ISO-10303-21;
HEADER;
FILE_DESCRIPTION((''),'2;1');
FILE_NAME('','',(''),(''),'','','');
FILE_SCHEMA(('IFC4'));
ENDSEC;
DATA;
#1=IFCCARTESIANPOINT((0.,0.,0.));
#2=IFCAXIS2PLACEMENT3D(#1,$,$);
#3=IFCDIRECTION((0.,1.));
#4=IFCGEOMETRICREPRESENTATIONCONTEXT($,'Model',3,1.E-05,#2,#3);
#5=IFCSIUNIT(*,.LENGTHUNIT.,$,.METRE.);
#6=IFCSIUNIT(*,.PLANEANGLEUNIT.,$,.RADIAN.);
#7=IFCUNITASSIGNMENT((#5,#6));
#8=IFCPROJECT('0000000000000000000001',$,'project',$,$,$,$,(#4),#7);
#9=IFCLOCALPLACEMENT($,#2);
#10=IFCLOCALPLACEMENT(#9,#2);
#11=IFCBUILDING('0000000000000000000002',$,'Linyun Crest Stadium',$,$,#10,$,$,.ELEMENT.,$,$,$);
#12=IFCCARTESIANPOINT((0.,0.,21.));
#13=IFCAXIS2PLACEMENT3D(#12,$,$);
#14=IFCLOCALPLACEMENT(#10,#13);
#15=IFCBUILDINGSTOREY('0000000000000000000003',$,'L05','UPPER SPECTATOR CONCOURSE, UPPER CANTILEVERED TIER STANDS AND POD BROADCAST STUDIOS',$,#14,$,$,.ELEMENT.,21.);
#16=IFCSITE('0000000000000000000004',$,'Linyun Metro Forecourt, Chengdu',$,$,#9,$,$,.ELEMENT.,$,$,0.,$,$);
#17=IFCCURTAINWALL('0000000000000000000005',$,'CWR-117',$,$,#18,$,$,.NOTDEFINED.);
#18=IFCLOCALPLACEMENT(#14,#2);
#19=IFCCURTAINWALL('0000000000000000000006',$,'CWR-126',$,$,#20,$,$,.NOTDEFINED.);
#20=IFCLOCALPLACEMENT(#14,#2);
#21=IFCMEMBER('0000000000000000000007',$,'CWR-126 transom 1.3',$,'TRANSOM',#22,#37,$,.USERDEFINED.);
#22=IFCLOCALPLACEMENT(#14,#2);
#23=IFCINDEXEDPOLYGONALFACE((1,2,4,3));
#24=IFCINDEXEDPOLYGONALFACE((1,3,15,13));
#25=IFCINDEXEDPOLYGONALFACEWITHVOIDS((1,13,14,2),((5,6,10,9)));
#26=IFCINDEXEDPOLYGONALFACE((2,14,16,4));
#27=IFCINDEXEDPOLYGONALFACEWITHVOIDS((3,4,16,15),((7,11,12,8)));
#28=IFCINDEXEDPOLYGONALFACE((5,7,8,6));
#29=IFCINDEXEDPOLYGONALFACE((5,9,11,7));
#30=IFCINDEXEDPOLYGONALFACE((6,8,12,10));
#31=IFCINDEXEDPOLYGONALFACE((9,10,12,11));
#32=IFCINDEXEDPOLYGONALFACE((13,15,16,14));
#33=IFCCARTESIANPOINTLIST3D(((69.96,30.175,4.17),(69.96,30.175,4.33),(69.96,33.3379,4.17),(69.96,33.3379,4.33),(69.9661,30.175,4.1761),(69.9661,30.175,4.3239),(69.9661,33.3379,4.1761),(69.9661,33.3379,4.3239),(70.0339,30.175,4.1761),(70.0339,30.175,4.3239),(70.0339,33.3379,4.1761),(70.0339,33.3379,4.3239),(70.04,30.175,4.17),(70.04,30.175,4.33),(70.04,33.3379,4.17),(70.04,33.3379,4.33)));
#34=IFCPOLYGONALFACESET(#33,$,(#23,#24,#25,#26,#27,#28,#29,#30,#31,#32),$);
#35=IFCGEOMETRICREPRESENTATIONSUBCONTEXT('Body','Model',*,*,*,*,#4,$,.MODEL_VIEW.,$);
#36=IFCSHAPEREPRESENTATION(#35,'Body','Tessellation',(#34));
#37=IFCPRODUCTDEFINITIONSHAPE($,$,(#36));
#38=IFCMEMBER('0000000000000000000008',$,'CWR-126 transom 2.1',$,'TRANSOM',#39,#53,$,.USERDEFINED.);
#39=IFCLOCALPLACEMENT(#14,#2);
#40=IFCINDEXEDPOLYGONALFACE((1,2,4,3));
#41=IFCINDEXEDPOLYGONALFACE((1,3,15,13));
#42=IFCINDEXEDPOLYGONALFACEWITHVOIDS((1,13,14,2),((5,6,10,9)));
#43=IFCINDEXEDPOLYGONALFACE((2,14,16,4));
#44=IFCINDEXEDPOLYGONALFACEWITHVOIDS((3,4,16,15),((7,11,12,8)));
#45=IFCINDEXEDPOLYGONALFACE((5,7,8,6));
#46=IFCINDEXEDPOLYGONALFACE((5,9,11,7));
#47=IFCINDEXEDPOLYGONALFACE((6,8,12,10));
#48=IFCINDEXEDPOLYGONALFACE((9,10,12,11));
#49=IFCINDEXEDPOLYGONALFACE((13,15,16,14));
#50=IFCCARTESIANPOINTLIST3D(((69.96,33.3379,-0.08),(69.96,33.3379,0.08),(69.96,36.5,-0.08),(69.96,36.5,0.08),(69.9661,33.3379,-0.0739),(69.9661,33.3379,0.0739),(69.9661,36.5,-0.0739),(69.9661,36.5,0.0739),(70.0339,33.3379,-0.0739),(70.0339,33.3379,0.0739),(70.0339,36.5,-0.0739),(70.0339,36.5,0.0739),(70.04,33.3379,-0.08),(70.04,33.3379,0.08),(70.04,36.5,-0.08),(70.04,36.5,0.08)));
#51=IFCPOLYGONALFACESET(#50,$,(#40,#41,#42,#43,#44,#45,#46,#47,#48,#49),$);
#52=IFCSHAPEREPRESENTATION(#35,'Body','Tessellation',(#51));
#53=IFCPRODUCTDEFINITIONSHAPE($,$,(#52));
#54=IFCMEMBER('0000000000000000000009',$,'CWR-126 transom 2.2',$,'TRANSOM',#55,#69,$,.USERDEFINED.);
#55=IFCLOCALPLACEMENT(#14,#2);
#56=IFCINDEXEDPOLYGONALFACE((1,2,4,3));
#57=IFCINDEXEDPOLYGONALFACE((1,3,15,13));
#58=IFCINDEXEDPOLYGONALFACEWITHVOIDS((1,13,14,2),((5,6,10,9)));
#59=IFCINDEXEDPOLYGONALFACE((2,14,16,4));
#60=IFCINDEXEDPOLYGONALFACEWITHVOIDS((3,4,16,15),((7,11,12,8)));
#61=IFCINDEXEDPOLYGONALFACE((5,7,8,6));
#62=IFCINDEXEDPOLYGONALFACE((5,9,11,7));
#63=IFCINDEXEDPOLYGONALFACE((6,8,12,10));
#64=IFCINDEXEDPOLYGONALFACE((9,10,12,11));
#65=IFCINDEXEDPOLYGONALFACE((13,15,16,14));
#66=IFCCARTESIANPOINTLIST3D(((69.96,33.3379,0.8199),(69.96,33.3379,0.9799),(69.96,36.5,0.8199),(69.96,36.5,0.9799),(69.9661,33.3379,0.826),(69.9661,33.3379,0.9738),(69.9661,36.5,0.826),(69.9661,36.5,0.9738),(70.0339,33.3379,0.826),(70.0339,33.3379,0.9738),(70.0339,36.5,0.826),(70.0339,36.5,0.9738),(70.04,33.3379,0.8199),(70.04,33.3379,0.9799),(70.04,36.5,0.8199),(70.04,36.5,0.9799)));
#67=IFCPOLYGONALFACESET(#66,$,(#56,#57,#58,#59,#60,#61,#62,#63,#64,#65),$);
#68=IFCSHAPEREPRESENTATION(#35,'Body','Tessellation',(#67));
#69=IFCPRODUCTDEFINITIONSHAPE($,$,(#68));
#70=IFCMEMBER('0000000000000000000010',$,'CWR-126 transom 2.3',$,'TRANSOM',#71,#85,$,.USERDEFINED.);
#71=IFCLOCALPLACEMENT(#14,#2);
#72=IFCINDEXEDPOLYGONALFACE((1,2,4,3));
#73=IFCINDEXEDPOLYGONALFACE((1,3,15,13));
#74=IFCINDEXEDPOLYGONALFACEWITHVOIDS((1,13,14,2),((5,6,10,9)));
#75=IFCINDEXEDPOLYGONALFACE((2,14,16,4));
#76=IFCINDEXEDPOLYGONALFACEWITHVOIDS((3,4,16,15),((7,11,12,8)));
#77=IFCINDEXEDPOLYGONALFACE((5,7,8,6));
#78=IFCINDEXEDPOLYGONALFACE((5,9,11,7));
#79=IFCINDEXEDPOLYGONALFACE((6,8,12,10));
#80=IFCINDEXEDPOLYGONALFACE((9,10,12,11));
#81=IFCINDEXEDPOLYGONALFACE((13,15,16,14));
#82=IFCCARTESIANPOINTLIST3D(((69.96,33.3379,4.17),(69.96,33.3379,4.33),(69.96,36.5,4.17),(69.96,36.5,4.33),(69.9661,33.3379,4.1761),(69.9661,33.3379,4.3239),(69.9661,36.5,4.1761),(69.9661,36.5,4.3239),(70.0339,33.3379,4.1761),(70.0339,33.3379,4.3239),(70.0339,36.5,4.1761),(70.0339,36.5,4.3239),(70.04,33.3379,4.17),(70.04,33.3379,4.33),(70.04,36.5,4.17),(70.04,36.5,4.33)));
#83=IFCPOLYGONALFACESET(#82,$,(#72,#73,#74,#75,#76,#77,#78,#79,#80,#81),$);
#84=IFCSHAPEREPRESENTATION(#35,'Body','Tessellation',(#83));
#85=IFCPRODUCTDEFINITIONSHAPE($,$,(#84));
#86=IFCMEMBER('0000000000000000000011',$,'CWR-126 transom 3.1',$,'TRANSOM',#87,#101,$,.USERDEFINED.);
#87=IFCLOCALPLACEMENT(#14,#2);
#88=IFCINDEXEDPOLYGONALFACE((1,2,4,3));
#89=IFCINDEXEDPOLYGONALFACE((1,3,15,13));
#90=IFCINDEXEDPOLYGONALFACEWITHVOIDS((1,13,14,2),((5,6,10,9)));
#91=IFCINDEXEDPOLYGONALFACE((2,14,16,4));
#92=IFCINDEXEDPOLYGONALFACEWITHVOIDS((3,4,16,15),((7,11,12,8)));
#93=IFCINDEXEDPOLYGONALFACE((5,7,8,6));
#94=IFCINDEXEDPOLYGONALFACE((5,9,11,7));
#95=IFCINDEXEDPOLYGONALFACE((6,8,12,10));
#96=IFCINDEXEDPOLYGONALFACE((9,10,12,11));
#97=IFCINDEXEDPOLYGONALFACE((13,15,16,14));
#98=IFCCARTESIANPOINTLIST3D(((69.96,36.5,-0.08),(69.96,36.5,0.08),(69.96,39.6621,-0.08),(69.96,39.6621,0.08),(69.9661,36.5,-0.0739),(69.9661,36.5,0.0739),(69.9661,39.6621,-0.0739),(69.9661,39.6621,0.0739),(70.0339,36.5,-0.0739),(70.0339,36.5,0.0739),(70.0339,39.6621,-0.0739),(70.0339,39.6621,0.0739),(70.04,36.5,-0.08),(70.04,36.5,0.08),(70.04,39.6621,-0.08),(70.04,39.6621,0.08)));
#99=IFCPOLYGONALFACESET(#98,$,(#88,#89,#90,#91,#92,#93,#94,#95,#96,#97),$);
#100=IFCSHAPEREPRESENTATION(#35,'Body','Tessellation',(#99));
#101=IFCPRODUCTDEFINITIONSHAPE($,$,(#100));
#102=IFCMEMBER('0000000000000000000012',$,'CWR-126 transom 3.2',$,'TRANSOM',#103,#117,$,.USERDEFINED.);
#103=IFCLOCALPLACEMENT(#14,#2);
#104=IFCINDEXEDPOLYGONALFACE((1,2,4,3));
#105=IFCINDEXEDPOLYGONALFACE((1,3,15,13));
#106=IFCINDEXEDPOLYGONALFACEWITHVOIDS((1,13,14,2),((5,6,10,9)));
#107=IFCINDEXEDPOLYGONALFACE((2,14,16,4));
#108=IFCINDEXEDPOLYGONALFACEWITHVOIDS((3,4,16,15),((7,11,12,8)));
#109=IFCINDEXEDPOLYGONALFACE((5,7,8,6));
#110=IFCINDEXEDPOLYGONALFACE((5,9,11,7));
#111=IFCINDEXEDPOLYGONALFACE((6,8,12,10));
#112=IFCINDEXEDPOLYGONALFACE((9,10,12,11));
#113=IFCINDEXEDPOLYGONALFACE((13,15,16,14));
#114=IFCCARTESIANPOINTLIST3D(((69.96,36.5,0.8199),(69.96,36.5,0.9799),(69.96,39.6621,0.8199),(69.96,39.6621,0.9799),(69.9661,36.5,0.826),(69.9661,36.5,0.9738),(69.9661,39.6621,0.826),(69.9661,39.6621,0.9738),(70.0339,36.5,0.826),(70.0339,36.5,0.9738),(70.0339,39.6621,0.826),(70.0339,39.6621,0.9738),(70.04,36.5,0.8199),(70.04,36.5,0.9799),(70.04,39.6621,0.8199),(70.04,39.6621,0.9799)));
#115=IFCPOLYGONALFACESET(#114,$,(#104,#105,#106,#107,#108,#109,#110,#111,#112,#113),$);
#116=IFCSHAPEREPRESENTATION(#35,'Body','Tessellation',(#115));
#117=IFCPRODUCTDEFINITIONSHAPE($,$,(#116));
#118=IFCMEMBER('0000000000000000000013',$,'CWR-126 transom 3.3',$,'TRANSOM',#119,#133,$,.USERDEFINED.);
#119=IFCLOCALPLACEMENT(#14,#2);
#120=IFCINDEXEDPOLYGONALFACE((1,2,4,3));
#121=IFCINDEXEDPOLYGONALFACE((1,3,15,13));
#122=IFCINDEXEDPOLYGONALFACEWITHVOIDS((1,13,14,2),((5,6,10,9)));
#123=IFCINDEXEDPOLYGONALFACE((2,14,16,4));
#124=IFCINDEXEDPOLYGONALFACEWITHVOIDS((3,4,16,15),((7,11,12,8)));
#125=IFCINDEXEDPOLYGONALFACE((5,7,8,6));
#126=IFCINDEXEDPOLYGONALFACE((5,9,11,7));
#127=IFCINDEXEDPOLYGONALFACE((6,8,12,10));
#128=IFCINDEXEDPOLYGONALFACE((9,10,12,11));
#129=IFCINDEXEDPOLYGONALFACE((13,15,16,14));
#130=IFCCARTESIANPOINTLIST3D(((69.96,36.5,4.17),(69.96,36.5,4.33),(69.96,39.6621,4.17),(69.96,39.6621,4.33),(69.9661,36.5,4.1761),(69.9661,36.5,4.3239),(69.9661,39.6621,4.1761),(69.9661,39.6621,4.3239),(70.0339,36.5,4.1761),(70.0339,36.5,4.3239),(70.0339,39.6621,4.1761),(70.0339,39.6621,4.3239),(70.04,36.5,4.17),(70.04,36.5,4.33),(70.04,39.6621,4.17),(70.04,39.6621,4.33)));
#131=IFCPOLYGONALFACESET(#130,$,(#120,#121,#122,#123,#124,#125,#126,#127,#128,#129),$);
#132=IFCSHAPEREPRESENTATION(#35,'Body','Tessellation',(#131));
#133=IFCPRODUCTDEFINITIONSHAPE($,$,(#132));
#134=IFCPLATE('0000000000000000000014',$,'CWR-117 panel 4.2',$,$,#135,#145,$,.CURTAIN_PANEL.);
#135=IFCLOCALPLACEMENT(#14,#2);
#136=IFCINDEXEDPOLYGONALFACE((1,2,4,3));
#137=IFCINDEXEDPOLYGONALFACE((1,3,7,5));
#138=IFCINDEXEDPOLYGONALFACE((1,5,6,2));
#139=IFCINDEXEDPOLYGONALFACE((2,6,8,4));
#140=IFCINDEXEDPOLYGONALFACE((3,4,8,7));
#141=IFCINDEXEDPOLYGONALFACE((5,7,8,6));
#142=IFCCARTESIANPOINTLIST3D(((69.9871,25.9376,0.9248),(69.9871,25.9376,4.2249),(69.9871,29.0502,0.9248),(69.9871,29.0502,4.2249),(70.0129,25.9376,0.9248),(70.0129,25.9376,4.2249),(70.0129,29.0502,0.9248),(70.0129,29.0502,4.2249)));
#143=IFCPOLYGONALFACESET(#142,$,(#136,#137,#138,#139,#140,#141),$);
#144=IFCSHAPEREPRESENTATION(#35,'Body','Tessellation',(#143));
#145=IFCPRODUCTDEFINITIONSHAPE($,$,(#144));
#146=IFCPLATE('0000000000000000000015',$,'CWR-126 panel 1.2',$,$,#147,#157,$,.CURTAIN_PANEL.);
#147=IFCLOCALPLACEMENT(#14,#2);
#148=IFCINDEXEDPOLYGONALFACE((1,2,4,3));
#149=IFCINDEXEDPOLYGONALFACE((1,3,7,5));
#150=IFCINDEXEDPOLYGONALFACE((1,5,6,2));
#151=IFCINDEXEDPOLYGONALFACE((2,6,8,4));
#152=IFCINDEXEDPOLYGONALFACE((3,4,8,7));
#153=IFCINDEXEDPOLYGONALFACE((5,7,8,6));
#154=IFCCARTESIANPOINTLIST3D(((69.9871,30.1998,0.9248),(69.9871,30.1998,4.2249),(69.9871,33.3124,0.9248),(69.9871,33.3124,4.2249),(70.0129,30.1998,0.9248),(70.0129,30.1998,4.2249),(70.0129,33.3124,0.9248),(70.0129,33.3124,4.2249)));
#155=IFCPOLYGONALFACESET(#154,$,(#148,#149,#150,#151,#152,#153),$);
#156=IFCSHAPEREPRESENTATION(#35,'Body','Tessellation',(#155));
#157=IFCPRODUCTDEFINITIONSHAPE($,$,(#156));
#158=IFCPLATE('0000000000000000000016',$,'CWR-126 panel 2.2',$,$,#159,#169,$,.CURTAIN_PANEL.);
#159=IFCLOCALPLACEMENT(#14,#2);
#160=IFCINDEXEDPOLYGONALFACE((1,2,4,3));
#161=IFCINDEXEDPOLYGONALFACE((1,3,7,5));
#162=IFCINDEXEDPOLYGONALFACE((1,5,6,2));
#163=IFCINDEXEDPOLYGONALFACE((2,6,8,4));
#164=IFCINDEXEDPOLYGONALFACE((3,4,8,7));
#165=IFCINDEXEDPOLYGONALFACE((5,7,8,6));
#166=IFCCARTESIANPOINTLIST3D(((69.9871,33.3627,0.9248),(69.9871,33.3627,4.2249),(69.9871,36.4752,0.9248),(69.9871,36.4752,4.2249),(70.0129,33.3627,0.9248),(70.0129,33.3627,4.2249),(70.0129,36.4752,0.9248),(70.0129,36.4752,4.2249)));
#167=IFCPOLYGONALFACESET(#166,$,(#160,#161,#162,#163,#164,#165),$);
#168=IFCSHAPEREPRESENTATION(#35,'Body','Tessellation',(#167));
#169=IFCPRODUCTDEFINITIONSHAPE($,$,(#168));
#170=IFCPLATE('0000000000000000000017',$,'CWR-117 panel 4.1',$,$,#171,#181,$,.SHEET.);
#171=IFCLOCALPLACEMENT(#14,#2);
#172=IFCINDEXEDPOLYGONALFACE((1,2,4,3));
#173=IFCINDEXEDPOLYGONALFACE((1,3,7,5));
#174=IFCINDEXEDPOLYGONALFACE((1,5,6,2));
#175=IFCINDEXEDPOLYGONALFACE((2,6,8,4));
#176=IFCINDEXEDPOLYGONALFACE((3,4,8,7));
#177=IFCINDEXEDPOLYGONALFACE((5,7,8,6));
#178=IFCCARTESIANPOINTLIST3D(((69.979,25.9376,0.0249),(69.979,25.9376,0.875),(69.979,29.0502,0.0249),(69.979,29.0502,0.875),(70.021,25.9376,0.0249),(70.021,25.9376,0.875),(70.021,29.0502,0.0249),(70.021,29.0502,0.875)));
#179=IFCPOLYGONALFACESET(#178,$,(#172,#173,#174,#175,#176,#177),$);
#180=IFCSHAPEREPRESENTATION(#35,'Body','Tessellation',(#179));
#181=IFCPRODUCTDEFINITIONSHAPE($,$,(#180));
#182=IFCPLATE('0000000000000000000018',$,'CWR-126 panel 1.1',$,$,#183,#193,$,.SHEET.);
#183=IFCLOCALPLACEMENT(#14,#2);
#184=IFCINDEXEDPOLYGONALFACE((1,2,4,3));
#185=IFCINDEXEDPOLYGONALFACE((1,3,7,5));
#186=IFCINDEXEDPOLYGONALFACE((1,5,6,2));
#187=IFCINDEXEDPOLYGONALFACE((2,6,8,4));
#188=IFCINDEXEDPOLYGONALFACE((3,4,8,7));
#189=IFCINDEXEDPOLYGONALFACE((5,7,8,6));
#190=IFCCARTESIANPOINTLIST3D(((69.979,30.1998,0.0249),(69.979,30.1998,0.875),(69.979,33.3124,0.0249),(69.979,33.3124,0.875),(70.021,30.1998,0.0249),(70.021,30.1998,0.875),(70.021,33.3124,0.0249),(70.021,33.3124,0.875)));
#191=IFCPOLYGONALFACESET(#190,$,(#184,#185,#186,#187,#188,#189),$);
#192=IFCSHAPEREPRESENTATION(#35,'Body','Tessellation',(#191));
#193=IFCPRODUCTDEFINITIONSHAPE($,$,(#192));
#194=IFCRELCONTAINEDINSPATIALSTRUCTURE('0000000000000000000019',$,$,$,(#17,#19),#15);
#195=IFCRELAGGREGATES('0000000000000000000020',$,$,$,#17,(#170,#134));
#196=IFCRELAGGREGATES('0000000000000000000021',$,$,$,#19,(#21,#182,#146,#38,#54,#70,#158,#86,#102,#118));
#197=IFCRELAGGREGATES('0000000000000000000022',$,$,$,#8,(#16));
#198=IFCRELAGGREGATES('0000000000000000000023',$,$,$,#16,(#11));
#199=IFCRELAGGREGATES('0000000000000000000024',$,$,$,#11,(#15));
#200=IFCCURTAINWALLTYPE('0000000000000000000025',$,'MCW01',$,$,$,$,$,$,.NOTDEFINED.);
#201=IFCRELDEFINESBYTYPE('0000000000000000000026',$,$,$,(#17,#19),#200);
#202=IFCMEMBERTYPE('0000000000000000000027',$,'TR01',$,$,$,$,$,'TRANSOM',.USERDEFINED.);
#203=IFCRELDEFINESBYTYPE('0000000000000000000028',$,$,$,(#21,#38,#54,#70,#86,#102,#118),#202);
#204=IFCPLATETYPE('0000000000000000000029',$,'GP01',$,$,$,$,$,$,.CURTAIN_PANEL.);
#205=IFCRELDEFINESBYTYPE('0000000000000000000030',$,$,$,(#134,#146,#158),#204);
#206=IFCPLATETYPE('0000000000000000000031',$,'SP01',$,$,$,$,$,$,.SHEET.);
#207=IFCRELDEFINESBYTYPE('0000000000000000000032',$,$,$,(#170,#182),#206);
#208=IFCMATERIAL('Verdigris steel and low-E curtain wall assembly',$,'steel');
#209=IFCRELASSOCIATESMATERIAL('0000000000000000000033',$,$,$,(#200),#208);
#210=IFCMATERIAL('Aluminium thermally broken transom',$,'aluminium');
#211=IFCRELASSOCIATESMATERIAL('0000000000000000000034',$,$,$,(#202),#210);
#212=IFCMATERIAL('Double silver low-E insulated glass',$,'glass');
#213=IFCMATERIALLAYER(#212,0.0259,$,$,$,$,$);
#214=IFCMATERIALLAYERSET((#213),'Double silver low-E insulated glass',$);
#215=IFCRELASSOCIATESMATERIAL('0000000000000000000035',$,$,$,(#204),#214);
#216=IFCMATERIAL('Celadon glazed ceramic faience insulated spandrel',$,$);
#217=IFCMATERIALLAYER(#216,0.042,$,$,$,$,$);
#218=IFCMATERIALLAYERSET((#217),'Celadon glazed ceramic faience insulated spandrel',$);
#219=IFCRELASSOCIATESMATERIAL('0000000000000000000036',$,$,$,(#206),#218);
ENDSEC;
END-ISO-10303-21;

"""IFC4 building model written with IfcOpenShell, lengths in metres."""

from ifc_helpers import new_model, si_unit, direction, frame, origin, origin_2d, place, context, subcontext, project, spatial, rectangle, hollow_rectangle, extrude, material, layer, layer_set, material_profile, profile_set, type_object, element, aggregate, save


model = new_model("IFC4")

# Units and contexts
model_context = context("Model", 3, precision=1e-05, world=origin(), true_north=direction((0.0, 1.0)))
body_context = subcontext(model_context, "Body", "Model", "MODEL_VIEW")
ifc_project = project(units=[si_unit("LENGTHUNIT", "METRE"), si_unit("PLANEANGLEUNIT", "RADIAN")], contexts=[model_context])

# Site, building, storey
site_placement = place(None, origin())
site = spatial("IfcSite", under=ifc_project, at=site_placement, Name="Linyun Metro Forecourt, Chengdu", CompositionType="ELEMENT", RefElevation=0.0)
building_placement = place(site_placement, origin())
building = spatial("IfcBuilding", under=site, at=building_placement, Name="Linyun Crest Stadium", CompositionType="ELEMENT")
storey_placement = place(building_placement, frame((0.0, 0.0, 21.0)))
storey = spatial("IfcBuildingStorey", under=building, at=storey_placement, Name="L05", Description="UPPER SPECTATOR CONCOURSE, UPPER CANTILEVERED TIER STANDS AND POD BROADCAST STUDIOS", CompositionType="ELEMENT", Elevation=21.0)

# Curtain walls
ifc_material_1 = material(Name="Verdigris steel and low-E curtain wall assembly", Category="steel")
curtain_wall_type = type_object("IfcCurtainWallType", Name="MCW01", PredefinedType="NOTDEFINED", material=ifc_material_1)
curtain_wall_1_placement = place(storey_placement, origin())
curtain_wall_1 = element("IfcCurtainWall", 1, at=curtain_wall_1_placement, inside=storey, type_object=curtain_wall_type, Name="CWR-117", PredefinedType="NOTDEFINED")
curtain_wall_2_placement = place(storey_placement, origin())
curtain_wall_2 = element("IfcCurtainWall", 2, at=curtain_wall_2_placement, inside=storey, type_object=curtain_wall_type, Name="CWR-126", PredefinedType="NOTDEFINED")

# Members
ifc_material_2 = material(Name="Aluminium thermally broken transom", Category="aluminium")
ifc_material_profile_1 = material_profile(ifc_material_2, hollow_rectangle(XDim=0.0801, YDim=0.1599, WallThickness=0.0061, at=origin_2d()), Name="RHS 160x80x6")
ifc_profile_set_1 = profile_set([ifc_material_profile_1], Name="Aluminium thermally broken transom")
member_type_1 = type_object("IfcMemberType", Name="TR01", ElementType="TRANSOM", PredefinedType="USERDEFINED", material=ifc_profile_set_1)
member_1_placement = place(storey_placement, frame((70.0, 30.175, 4.25), z_axis=(0.0, 1.0, 0.0), x_axis=(-1.0, 0.0, 0.0)))
member_1 = element("IfcMember", 3, at=member_1_placement, type_object=member_type_1, Name="CWR-126 transom 1.3", ObjectType="TRANSOM", PredefinedType="USERDEFINED", context=body_context, shape_type="SweptSolid", body=[
    extrude(hollow_rectangle(XDim=0.0801, YDim=0.1599, WallThickness=0.0061, at=origin_2d()), origin(), (0.0, 0.0, 1.0), 3.1628),
])
member_2_placement = place(storey_placement, frame((70.0, 33.3379, 0.0), z_axis=(0.0, 1.0, 0.0), x_axis=(-1.0, 0.0, 0.0)))
member_2 = element("IfcMember", 4, at=member_2_placement, type_object=member_type_1, Name="CWR-126 transom 2.1", ObjectType="TRANSOM", PredefinedType="USERDEFINED", context=body_context, shape_type="SweptSolid", body=[
    extrude(hollow_rectangle(XDim=0.0801, YDim=0.1599, WallThickness=0.0061, at=origin_2d()), origin(), (0.0, 0.0, 1.0), 3.1621),
])
member_3_placement = place(storey_placement, frame((70.0, 33.3379, 0.8999), z_axis=(0.0, 1.0, 0.0), x_axis=(-1.0, 0.0, 0.0)))
member_3 = element("IfcMember", 5, at=member_3_placement, type_object=member_type_1, Name="CWR-126 transom 2.2", ObjectType="TRANSOM", PredefinedType="USERDEFINED", context=body_context, shape_type="SweptSolid", body=[
    extrude(hollow_rectangle(XDim=0.0801, YDim=0.1599, WallThickness=0.0061, at=origin_2d()), origin(), (0.0, 0.0, 1.0), 3.1621),
])
member_4_placement = place(storey_placement, frame((70.0, 33.3379, 4.25), z_axis=(0.0, 1.0, 0.0), x_axis=(-1.0, 0.0, 0.0)))
member_4 = element("IfcMember", 6, at=member_4_placement, type_object=member_type_1, Name="CWR-126 transom 2.3", ObjectType="TRANSOM", PredefinedType="USERDEFINED", context=body_context, shape_type="SweptSolid", body=[
    extrude(hollow_rectangle(XDim=0.0801, YDim=0.1599, WallThickness=0.0061, at=origin_2d()), origin(), (0.0, 0.0, 1.0), 3.1621),
])
member_5_placement = place(storey_placement, frame((70.0, 36.5, 0.0), z_axis=(0.0, 1.0, 0.0), x_axis=(-1.0, 0.0, 0.0)))
member_5 = element("IfcMember", 7, at=member_5_placement, type_object=member_type_1, Name="CWR-126 transom 3.1", ObjectType="TRANSOM", PredefinedType="USERDEFINED", context=body_context, shape_type="SweptSolid", body=[
    extrude(hollow_rectangle(XDim=0.0801, YDim=0.1599, WallThickness=0.0061, at=origin_2d()), origin(), (0.0, 0.0, 1.0), 3.1621),
])
member_6_placement = place(storey_placement, frame((70.0, 36.5, 0.8999), z_axis=(0.0, 1.0, 0.0), x_axis=(-1.0, 0.0, 0.0)))
member_6 = element("IfcMember", 8, at=member_6_placement, type_object=member_type_1, Name="CWR-126 transom 3.2", ObjectType="TRANSOM", PredefinedType="USERDEFINED", context=body_context, shape_type="SweptSolid", body=[
    extrude(hollow_rectangle(XDim=0.0801, YDim=0.1599, WallThickness=0.0061, at=origin_2d()), origin(), (0.0, 0.0, 1.0), 3.1621),
])
member_7_placement = place(storey_placement, frame((70.0, 36.5, 4.25), z_axis=(0.0, 1.0, 0.0), x_axis=(-1.0, 0.0, 0.0)))
member_7 = element("IfcMember", 9, at=member_7_placement, type_object=member_type_1, Name="CWR-126 transom 3.3", ObjectType="TRANSOM", PredefinedType="USERDEFINED", context=body_context, shape_type="SweptSolid", body=[
    extrude(hollow_rectangle(XDim=0.0801, YDim=0.1599, WallThickness=0.0061, at=origin_2d()), origin(), (0.0, 0.0, 1.0), 3.1621),
])

# Plates
ifc_material_3 = material(Name="Double silver low-E insulated glass", Category="glass")
ifc_layer_1 = layer(ifc_material_3, 0.0259)
ifc_layer_set_1 = layer_set([ifc_layer_1], Name="Double silver low-E insulated glass")
plate_type_1 = type_object("IfcPlateType", Name="GP01", PredefinedType="CURTAIN_PANEL", material=ifc_layer_set_1)
plate_1_placement = place(storey_placement, frame((70.0, 27.4939, 0.9248), z_axis=(0.0, 0.0, 1.0), x_axis=(0.0, 1.0, 0.0)))
plate_1 = element("IfcPlate", 10, at=plate_1_placement, type_object=plate_type_1, Name="CWR-117 panel 4.2", PredefinedType="CURTAIN_PANEL", context=body_context, shape_type="SweptSolid", body=[
    extrude(rectangle(XDim=3.1125, YDim=0.0259, at=origin_2d()), origin(), (0.0, 0.0, 1.0), 3.3),
])
plate_2_placement = place(storey_placement, frame((70.0, 31.7561, 0.9248), z_axis=(0.0, 0.0, 1.0), x_axis=(0.0, 1.0, 0.0)))
plate_2 = element("IfcPlate", 11, at=plate_2_placement, type_object=plate_type_1, Name="CWR-126 panel 1.2", PredefinedType="CURTAIN_PANEL", context=body_context, shape_type="SweptSolid", body=[
    extrude(rectangle(XDim=3.1125, YDim=0.0259, at=origin_2d()), origin(), (0.0, 0.0, 1.0), 3.3),
])
plate_3_placement = place(storey_placement, frame((70.0, 34.9189, 0.9248), z_axis=(0.0, 0.0, 1.0), x_axis=(0.0, 1.0, 0.0)))
plate_3 = element("IfcPlate", 12, at=plate_3_placement, type_object=plate_type_1, Name="CWR-126 panel 2.2", PredefinedType="CURTAIN_PANEL", context=body_context, shape_type="SweptSolid", body=[
    extrude(rectangle(XDim=3.1125, YDim=0.0259, at=origin_2d()), origin(), (0.0, 0.0, 1.0), 3.3),
])
ifc_material_4 = material(Name="Celadon glazed ceramic faience insulated spandrel")
ifc_layer_2 = layer(ifc_material_4, 0.042)
ifc_layer_set_2 = layer_set([ifc_layer_2], Name="Celadon glazed ceramic faience insulated spandrel")
plate_type_2 = type_object("IfcPlateType", Name="SP01", PredefinedType="SHEET", material=ifc_layer_set_2)
plate_4_placement = place(storey_placement, frame((70.0, 27.4939, 0.0249), z_axis=(0.0, 0.0, 1.0), x_axis=(0.0, 1.0, 0.0)))
plate_4 = element("IfcPlate", 13, at=plate_4_placement, type_object=plate_type_2, Name="CWR-117 panel 4.1", PredefinedType="SHEET", context=body_context, shape_type="SweptSolid", body=[
    extrude(rectangle(XDim=3.1125, YDim=0.042, at=origin_2d()), origin(), (0.0, 0.0, 1.0), 0.8501),
])
aggregate(curtain_wall_1, [plate_4, plate_1])
plate_5_placement = place(storey_placement, frame((70.0, 31.7561, 0.0249), z_axis=(0.0, 0.0, 1.0), x_axis=(0.0, 1.0, 0.0)))
plate_5 = element("IfcPlate", 14, at=plate_5_placement, type_object=plate_type_2, Name="CWR-126 panel 1.1", PredefinedType="SHEET", context=body_context, shape_type="SweptSolid", body=[
    extrude(rectangle(XDim=3.1125, YDim=0.042, at=origin_2d()), origin(), (0.0, 0.0, 1.0), 0.8501),
])
aggregate(curtain_wall_2, [member_1, plate_5, plate_2, member_2, member_3, member_4, plate_3, member_5, member_6, member_7])

save(model, "model.ifc")
